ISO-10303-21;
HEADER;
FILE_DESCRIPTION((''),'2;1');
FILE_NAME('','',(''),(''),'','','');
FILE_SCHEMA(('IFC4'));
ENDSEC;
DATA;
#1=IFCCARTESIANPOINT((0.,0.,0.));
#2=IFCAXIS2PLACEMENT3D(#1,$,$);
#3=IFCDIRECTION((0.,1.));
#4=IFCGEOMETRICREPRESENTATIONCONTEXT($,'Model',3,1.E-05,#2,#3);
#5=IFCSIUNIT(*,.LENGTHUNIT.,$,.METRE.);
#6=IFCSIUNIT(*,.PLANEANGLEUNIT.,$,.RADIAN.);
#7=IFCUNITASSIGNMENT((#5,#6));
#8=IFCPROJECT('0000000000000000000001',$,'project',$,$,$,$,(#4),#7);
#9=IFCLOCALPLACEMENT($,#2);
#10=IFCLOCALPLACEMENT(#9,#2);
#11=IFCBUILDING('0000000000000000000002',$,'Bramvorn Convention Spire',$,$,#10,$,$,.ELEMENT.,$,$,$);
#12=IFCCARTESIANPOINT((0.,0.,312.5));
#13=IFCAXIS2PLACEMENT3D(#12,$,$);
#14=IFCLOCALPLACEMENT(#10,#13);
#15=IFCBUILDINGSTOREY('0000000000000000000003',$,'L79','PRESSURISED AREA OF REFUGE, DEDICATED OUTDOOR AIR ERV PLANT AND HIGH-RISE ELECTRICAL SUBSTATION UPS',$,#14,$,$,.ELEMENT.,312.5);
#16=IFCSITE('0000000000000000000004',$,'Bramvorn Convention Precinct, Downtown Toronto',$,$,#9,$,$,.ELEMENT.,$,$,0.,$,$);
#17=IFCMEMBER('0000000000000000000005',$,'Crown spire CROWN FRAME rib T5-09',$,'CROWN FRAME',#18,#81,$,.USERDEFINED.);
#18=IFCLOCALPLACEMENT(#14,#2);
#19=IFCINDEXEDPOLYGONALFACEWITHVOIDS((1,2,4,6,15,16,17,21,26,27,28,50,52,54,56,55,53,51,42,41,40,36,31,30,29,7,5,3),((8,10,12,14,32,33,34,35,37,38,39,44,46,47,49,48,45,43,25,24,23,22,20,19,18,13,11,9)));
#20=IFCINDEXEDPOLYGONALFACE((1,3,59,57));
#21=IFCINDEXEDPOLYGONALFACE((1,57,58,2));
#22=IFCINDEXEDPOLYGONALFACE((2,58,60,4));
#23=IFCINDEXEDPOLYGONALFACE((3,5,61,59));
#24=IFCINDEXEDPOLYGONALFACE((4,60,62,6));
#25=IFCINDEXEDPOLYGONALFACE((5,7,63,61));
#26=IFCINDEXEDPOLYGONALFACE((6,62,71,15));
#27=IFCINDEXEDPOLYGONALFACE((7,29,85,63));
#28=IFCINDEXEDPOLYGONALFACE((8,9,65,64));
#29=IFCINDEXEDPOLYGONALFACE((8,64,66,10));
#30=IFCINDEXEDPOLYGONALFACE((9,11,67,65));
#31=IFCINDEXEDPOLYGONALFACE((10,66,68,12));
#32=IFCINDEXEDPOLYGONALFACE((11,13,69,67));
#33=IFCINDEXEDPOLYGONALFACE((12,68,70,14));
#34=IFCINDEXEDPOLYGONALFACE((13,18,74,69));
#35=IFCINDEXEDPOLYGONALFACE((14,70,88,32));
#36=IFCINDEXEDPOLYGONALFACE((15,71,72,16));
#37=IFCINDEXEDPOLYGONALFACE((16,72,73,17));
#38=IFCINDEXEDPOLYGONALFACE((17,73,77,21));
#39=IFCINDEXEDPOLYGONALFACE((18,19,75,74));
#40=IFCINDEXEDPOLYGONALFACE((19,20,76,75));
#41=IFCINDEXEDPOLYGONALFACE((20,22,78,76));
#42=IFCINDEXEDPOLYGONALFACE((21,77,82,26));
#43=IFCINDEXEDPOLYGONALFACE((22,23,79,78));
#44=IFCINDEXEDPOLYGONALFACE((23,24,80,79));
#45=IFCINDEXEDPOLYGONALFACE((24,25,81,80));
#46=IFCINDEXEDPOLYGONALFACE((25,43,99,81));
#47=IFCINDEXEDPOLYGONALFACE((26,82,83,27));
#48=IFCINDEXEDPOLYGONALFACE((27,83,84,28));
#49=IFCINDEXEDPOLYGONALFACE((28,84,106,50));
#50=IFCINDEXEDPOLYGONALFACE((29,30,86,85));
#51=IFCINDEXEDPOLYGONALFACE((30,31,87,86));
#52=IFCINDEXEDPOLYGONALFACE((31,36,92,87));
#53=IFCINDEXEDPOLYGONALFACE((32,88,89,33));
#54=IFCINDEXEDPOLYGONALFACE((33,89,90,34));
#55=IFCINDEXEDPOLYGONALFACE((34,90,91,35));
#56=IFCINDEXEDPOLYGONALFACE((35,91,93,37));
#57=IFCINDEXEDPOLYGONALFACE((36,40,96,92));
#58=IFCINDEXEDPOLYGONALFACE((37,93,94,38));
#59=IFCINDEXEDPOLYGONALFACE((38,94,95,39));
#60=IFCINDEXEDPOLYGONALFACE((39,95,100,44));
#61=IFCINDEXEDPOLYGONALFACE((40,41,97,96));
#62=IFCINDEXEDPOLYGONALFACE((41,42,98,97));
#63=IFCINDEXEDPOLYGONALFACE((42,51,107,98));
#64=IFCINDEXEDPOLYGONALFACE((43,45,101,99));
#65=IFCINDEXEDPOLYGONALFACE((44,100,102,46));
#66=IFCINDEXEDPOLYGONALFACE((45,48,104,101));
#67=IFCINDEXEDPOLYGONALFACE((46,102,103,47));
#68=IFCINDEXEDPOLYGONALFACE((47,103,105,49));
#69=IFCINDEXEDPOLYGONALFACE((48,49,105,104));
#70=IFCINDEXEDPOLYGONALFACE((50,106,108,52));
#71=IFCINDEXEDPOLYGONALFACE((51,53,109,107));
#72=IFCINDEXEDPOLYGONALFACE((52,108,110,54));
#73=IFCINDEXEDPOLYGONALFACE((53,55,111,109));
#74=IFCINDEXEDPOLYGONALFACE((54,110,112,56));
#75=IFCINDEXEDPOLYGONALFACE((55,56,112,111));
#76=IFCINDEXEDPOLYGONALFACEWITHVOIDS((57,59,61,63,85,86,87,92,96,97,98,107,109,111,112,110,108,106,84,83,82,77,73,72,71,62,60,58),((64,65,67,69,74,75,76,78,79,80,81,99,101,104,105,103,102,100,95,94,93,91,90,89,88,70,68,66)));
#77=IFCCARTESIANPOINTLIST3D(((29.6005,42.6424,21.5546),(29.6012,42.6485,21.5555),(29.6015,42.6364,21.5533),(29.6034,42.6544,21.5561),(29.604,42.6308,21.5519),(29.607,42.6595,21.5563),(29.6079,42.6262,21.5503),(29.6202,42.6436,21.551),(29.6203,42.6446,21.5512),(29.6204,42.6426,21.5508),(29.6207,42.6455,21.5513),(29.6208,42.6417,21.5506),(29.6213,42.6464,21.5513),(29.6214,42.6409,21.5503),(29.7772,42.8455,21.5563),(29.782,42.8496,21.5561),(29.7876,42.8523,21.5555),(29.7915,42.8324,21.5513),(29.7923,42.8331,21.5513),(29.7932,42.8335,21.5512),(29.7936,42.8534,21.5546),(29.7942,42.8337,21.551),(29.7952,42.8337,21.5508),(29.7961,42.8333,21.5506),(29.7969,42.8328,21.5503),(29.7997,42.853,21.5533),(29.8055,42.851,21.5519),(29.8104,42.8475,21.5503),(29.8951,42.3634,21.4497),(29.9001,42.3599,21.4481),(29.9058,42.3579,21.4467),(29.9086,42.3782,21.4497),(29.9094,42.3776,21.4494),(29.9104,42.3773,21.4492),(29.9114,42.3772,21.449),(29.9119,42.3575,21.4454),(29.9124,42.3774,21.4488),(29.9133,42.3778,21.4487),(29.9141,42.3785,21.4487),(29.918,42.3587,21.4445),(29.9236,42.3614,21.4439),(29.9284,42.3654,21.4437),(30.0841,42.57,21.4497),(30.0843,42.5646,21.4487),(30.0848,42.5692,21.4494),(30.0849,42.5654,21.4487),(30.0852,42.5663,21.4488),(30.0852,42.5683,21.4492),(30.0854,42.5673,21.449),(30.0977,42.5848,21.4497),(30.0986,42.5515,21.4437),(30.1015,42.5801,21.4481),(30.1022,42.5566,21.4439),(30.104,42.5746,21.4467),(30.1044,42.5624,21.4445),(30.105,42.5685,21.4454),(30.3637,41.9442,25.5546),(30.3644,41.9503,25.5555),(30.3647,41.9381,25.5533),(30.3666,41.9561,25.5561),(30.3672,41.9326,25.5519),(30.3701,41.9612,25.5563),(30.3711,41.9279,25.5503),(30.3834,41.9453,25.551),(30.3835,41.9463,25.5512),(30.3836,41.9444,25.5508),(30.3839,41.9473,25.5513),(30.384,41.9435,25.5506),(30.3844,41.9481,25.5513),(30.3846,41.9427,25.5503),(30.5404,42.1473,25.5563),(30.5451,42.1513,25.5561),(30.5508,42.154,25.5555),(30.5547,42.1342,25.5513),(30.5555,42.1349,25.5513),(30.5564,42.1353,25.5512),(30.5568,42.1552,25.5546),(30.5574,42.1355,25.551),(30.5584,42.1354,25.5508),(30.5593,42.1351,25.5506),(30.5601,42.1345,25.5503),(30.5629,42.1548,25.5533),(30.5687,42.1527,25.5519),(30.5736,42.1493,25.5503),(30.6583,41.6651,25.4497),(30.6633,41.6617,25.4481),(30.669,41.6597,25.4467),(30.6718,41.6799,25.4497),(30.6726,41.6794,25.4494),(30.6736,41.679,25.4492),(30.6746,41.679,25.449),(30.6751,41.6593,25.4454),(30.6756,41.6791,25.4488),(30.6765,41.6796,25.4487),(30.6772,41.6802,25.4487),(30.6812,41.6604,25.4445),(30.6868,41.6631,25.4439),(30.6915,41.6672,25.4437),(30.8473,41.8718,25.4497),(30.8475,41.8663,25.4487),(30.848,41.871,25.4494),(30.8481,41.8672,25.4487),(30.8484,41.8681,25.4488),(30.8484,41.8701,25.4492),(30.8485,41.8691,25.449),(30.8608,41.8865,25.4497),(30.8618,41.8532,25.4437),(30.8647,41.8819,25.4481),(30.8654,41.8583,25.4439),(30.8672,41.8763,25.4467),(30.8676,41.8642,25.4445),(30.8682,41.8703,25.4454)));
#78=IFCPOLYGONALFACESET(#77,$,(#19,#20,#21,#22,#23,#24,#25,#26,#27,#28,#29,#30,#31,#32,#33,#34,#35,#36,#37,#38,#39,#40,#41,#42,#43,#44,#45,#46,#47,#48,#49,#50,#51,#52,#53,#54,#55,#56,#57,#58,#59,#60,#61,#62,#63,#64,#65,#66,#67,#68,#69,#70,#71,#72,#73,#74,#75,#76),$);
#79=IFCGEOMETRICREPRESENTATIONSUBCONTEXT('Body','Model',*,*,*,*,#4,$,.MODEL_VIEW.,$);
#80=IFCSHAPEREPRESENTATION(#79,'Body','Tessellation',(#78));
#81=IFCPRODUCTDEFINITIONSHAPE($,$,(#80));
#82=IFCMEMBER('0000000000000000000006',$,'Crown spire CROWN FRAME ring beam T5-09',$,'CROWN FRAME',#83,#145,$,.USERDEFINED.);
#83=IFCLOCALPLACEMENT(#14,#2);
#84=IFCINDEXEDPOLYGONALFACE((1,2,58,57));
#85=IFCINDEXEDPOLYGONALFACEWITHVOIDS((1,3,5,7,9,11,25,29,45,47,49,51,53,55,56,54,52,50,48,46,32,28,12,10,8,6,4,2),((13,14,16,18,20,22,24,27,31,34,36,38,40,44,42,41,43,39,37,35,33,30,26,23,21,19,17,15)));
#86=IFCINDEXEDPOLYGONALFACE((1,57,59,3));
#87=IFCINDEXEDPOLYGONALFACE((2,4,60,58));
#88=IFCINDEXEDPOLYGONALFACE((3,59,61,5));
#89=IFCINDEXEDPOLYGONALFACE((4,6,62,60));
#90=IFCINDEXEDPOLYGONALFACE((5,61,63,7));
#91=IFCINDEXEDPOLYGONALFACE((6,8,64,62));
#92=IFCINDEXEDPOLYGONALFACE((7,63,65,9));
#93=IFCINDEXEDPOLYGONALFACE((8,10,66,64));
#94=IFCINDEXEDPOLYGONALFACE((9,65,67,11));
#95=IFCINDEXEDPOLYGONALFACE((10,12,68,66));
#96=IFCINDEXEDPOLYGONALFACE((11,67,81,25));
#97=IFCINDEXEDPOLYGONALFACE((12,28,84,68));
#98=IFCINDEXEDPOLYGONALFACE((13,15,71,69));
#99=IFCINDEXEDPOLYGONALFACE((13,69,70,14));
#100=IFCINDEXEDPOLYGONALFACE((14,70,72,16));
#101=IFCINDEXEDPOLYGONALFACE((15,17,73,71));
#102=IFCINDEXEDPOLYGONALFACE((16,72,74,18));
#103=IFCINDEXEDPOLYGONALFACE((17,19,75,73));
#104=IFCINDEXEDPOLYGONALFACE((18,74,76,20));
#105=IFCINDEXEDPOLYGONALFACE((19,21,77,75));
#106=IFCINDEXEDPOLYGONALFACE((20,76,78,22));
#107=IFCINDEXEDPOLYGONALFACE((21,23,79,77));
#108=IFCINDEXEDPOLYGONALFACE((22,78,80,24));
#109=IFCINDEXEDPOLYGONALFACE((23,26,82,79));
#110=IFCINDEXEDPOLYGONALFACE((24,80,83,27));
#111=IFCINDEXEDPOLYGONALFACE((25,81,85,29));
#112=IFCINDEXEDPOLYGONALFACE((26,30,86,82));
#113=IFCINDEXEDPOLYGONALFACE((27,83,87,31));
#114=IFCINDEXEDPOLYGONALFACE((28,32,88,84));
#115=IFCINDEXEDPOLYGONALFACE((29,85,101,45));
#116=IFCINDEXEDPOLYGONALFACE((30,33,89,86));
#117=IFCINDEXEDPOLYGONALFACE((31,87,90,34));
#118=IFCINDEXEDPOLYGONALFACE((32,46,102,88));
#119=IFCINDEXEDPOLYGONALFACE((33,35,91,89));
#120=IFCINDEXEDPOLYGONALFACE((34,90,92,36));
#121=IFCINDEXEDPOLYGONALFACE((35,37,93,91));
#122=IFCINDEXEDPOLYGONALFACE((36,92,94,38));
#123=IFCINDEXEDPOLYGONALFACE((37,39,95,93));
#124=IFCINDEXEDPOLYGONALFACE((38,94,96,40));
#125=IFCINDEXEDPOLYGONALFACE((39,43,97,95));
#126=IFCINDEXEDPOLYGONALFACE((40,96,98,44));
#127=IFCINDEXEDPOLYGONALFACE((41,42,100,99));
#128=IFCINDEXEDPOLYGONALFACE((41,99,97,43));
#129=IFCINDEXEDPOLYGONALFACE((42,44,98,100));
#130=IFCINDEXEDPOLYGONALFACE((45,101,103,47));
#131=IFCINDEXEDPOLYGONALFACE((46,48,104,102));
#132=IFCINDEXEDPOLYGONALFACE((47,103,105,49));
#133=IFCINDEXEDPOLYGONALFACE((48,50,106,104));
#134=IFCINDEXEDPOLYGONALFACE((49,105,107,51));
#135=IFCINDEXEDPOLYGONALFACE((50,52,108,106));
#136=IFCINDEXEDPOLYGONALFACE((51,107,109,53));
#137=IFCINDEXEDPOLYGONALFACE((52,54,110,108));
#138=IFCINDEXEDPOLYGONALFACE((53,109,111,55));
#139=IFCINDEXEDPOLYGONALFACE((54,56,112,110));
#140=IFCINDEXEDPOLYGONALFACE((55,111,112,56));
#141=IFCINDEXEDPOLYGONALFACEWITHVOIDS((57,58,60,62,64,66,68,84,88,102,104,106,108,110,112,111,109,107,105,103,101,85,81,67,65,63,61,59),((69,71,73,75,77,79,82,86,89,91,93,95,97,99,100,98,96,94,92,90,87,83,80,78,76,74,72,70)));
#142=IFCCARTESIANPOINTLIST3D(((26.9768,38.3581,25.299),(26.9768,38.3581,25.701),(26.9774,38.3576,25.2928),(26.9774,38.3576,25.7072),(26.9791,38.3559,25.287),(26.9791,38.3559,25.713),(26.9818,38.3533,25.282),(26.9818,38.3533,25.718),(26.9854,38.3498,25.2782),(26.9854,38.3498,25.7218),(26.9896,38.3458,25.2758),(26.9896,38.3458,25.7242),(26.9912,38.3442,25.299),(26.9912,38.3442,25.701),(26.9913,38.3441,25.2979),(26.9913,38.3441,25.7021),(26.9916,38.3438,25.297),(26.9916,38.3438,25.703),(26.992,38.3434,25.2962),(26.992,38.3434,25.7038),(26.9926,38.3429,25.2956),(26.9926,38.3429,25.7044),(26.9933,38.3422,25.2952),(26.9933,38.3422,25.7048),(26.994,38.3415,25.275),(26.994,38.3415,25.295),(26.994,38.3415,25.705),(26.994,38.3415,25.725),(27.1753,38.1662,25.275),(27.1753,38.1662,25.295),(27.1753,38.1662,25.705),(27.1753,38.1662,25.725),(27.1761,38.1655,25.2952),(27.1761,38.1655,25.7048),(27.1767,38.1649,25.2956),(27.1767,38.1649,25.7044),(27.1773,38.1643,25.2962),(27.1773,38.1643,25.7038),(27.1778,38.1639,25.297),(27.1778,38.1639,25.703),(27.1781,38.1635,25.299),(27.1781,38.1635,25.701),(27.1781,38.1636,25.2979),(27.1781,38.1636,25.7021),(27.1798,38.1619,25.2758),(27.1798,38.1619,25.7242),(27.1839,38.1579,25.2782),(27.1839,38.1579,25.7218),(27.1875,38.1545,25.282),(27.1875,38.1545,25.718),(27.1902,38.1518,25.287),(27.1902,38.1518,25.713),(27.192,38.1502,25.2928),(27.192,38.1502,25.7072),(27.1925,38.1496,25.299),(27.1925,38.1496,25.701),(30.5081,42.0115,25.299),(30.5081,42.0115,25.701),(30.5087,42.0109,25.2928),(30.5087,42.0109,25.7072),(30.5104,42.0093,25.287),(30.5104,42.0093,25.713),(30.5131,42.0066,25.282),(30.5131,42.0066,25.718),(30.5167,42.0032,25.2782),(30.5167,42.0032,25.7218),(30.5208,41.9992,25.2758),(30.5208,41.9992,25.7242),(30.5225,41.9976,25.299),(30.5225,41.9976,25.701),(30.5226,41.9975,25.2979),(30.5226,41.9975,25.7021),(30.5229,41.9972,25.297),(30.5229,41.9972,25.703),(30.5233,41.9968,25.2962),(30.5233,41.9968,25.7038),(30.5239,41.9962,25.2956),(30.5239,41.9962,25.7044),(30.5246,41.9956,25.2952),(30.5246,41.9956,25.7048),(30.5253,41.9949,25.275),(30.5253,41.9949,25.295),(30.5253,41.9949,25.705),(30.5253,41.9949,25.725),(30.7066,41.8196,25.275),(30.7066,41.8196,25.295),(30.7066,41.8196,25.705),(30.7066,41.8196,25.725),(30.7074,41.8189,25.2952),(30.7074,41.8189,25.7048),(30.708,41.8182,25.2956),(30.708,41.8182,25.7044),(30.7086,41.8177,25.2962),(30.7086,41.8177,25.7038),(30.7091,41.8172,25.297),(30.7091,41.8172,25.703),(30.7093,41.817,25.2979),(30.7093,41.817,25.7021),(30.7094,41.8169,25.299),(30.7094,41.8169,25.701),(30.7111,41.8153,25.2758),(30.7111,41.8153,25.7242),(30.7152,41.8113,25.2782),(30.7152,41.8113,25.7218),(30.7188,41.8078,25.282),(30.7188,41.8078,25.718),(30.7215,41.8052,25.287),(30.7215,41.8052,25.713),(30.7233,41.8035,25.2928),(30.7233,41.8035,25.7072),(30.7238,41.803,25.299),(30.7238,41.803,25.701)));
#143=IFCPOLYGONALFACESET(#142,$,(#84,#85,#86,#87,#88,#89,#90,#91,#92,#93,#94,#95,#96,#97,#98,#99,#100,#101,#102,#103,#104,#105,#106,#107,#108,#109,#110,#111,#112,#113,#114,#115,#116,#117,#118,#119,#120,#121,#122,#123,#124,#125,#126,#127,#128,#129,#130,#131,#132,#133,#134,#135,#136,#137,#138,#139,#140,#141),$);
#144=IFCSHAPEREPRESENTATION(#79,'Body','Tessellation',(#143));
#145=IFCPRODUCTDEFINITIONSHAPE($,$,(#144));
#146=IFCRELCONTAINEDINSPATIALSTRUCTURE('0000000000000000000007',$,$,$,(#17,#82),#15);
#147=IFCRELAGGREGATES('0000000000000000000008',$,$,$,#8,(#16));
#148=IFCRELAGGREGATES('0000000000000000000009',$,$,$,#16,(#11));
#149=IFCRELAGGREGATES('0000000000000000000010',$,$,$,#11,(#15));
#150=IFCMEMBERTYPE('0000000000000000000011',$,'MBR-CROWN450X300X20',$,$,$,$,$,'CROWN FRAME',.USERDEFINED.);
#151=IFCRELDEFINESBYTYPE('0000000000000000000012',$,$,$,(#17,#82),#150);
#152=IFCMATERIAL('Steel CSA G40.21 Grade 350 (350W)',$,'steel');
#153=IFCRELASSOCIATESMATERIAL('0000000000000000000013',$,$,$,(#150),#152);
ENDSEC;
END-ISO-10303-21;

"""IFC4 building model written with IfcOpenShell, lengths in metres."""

from ifc_helpers import new_model, si_unit, direction, frame, origin, origin_2d, place, context, subcontext, project, spatial, hollow_rectangle, extrude, material, material_profile, profile_set, type_object, element, save


model = new_model("IFC4")

# Units and contexts
model_context = context("Model", 3, precision=1e-05, world=origin(), true_north=direction((0.0, 1.0)))
body_context = subcontext(model_context, "Body", "Model", "MODEL_VIEW")
ifc_project = project(units=[si_unit("LENGTHUNIT", "METRE"), si_unit("PLANEANGLEUNIT", "RADIAN")], contexts=[model_context])

# Site, building, storey
site_placement = place(None, origin())
site = spatial("IfcSite", under=ifc_project, at=site_placement, Name="Bramvorn Convention Precinct, Downtown Toronto", CompositionType="ELEMENT", RefElevation=0.0)
building_placement = place(site_placement, origin())
building = spatial("IfcBuilding", under=site, at=building_placement, Name="Bramvorn Convention Spire", CompositionType="ELEMENT")
storey_placement = place(building_placement, frame((0.0, 0.0, 312.5)))
storey = spatial("IfcBuildingStorey", under=building, at=storey_placement, Name="L79", Description="PRESSURISED AREA OF REFUGE, DEDICATED OUTDOOR AIR ERV PLANT AND HIGH-RISE ELECTRICAL SUBSTATION UPS", CompositionType="ELEMENT", Elevation=312.5)

# Members
ifc_material_1 = material(Name="Steel CSA G40.21 Grade 350 (350W)", Category="steel")
ifc_material_profile = material_profile(ifc_material_1, hollow_rectangle(XDim=0.3, YDim=0.45, WallThickness=0.02, InnerFilletRadius=0.0039, OuterFilletRadius=0.0239, at=origin_2d()))
ifc_profile_set = profile_set([ifc_material_profile], Name="Steel CSA G40.21 Grade 350 (350W) - CROWN450X300X20")
member_type = type_object("IfcMemberType", Name="MBR-CROWN450X300X20", ElementType="CROWN FRAME", PredefinedType="USERDEFINED", material=ifc_profile_set)
member_1_placement = place(storey_placement, frame((29.8528, 42.6055, 21.5), z_axis=(0.184719, -0.169001, 0.968152), x_axis=(0.675019, 0.7378, 0.0)))
element("IfcMember", 1, at=member_1_placement, inside=storey, type_object=member_type, Name="Crown spire CROWN FRAME rib T5-09", ObjectType="CROWN FRAME", PredefinedType="USERDEFINED", context=body_context, shape_type="SweptSolid", body=[
    extrude(hollow_rectangle(XDim=0.3, YDim=0.45, WallThickness=0.02, InnerFilletRadius=0.0039, OuterFilletRadius=0.0239, at=origin_2d()), origin(), (0.0, 0.0, 1.0), 4.1316),
])
member_2_placement = place(storey_placement, frame((30.616, 41.9072, 25.5), z_axis=(-0.694992, -0.719017, 0.0), x_axis=(0.719017, -0.694992, 0.0)))
element("IfcMember", 2, at=member_2_placement, inside=storey, type_object=member_type, Name="Crown spire CROWN FRAME ring beam T5-09", ObjectType="CROWN FRAME", PredefinedType="USERDEFINED", context=body_context, shape_type="SweptSolid", body=[
    extrude(hollow_rectangle(XDim=0.3, YDim=0.45, WallThickness=0.02, InnerFilletRadius=0.0039, OuterFilletRadius=0.0239, at=origin_2d()), origin(), (0.0, 0.0, 1.0), 5.0811),
])

save(model, "model.ifc")
